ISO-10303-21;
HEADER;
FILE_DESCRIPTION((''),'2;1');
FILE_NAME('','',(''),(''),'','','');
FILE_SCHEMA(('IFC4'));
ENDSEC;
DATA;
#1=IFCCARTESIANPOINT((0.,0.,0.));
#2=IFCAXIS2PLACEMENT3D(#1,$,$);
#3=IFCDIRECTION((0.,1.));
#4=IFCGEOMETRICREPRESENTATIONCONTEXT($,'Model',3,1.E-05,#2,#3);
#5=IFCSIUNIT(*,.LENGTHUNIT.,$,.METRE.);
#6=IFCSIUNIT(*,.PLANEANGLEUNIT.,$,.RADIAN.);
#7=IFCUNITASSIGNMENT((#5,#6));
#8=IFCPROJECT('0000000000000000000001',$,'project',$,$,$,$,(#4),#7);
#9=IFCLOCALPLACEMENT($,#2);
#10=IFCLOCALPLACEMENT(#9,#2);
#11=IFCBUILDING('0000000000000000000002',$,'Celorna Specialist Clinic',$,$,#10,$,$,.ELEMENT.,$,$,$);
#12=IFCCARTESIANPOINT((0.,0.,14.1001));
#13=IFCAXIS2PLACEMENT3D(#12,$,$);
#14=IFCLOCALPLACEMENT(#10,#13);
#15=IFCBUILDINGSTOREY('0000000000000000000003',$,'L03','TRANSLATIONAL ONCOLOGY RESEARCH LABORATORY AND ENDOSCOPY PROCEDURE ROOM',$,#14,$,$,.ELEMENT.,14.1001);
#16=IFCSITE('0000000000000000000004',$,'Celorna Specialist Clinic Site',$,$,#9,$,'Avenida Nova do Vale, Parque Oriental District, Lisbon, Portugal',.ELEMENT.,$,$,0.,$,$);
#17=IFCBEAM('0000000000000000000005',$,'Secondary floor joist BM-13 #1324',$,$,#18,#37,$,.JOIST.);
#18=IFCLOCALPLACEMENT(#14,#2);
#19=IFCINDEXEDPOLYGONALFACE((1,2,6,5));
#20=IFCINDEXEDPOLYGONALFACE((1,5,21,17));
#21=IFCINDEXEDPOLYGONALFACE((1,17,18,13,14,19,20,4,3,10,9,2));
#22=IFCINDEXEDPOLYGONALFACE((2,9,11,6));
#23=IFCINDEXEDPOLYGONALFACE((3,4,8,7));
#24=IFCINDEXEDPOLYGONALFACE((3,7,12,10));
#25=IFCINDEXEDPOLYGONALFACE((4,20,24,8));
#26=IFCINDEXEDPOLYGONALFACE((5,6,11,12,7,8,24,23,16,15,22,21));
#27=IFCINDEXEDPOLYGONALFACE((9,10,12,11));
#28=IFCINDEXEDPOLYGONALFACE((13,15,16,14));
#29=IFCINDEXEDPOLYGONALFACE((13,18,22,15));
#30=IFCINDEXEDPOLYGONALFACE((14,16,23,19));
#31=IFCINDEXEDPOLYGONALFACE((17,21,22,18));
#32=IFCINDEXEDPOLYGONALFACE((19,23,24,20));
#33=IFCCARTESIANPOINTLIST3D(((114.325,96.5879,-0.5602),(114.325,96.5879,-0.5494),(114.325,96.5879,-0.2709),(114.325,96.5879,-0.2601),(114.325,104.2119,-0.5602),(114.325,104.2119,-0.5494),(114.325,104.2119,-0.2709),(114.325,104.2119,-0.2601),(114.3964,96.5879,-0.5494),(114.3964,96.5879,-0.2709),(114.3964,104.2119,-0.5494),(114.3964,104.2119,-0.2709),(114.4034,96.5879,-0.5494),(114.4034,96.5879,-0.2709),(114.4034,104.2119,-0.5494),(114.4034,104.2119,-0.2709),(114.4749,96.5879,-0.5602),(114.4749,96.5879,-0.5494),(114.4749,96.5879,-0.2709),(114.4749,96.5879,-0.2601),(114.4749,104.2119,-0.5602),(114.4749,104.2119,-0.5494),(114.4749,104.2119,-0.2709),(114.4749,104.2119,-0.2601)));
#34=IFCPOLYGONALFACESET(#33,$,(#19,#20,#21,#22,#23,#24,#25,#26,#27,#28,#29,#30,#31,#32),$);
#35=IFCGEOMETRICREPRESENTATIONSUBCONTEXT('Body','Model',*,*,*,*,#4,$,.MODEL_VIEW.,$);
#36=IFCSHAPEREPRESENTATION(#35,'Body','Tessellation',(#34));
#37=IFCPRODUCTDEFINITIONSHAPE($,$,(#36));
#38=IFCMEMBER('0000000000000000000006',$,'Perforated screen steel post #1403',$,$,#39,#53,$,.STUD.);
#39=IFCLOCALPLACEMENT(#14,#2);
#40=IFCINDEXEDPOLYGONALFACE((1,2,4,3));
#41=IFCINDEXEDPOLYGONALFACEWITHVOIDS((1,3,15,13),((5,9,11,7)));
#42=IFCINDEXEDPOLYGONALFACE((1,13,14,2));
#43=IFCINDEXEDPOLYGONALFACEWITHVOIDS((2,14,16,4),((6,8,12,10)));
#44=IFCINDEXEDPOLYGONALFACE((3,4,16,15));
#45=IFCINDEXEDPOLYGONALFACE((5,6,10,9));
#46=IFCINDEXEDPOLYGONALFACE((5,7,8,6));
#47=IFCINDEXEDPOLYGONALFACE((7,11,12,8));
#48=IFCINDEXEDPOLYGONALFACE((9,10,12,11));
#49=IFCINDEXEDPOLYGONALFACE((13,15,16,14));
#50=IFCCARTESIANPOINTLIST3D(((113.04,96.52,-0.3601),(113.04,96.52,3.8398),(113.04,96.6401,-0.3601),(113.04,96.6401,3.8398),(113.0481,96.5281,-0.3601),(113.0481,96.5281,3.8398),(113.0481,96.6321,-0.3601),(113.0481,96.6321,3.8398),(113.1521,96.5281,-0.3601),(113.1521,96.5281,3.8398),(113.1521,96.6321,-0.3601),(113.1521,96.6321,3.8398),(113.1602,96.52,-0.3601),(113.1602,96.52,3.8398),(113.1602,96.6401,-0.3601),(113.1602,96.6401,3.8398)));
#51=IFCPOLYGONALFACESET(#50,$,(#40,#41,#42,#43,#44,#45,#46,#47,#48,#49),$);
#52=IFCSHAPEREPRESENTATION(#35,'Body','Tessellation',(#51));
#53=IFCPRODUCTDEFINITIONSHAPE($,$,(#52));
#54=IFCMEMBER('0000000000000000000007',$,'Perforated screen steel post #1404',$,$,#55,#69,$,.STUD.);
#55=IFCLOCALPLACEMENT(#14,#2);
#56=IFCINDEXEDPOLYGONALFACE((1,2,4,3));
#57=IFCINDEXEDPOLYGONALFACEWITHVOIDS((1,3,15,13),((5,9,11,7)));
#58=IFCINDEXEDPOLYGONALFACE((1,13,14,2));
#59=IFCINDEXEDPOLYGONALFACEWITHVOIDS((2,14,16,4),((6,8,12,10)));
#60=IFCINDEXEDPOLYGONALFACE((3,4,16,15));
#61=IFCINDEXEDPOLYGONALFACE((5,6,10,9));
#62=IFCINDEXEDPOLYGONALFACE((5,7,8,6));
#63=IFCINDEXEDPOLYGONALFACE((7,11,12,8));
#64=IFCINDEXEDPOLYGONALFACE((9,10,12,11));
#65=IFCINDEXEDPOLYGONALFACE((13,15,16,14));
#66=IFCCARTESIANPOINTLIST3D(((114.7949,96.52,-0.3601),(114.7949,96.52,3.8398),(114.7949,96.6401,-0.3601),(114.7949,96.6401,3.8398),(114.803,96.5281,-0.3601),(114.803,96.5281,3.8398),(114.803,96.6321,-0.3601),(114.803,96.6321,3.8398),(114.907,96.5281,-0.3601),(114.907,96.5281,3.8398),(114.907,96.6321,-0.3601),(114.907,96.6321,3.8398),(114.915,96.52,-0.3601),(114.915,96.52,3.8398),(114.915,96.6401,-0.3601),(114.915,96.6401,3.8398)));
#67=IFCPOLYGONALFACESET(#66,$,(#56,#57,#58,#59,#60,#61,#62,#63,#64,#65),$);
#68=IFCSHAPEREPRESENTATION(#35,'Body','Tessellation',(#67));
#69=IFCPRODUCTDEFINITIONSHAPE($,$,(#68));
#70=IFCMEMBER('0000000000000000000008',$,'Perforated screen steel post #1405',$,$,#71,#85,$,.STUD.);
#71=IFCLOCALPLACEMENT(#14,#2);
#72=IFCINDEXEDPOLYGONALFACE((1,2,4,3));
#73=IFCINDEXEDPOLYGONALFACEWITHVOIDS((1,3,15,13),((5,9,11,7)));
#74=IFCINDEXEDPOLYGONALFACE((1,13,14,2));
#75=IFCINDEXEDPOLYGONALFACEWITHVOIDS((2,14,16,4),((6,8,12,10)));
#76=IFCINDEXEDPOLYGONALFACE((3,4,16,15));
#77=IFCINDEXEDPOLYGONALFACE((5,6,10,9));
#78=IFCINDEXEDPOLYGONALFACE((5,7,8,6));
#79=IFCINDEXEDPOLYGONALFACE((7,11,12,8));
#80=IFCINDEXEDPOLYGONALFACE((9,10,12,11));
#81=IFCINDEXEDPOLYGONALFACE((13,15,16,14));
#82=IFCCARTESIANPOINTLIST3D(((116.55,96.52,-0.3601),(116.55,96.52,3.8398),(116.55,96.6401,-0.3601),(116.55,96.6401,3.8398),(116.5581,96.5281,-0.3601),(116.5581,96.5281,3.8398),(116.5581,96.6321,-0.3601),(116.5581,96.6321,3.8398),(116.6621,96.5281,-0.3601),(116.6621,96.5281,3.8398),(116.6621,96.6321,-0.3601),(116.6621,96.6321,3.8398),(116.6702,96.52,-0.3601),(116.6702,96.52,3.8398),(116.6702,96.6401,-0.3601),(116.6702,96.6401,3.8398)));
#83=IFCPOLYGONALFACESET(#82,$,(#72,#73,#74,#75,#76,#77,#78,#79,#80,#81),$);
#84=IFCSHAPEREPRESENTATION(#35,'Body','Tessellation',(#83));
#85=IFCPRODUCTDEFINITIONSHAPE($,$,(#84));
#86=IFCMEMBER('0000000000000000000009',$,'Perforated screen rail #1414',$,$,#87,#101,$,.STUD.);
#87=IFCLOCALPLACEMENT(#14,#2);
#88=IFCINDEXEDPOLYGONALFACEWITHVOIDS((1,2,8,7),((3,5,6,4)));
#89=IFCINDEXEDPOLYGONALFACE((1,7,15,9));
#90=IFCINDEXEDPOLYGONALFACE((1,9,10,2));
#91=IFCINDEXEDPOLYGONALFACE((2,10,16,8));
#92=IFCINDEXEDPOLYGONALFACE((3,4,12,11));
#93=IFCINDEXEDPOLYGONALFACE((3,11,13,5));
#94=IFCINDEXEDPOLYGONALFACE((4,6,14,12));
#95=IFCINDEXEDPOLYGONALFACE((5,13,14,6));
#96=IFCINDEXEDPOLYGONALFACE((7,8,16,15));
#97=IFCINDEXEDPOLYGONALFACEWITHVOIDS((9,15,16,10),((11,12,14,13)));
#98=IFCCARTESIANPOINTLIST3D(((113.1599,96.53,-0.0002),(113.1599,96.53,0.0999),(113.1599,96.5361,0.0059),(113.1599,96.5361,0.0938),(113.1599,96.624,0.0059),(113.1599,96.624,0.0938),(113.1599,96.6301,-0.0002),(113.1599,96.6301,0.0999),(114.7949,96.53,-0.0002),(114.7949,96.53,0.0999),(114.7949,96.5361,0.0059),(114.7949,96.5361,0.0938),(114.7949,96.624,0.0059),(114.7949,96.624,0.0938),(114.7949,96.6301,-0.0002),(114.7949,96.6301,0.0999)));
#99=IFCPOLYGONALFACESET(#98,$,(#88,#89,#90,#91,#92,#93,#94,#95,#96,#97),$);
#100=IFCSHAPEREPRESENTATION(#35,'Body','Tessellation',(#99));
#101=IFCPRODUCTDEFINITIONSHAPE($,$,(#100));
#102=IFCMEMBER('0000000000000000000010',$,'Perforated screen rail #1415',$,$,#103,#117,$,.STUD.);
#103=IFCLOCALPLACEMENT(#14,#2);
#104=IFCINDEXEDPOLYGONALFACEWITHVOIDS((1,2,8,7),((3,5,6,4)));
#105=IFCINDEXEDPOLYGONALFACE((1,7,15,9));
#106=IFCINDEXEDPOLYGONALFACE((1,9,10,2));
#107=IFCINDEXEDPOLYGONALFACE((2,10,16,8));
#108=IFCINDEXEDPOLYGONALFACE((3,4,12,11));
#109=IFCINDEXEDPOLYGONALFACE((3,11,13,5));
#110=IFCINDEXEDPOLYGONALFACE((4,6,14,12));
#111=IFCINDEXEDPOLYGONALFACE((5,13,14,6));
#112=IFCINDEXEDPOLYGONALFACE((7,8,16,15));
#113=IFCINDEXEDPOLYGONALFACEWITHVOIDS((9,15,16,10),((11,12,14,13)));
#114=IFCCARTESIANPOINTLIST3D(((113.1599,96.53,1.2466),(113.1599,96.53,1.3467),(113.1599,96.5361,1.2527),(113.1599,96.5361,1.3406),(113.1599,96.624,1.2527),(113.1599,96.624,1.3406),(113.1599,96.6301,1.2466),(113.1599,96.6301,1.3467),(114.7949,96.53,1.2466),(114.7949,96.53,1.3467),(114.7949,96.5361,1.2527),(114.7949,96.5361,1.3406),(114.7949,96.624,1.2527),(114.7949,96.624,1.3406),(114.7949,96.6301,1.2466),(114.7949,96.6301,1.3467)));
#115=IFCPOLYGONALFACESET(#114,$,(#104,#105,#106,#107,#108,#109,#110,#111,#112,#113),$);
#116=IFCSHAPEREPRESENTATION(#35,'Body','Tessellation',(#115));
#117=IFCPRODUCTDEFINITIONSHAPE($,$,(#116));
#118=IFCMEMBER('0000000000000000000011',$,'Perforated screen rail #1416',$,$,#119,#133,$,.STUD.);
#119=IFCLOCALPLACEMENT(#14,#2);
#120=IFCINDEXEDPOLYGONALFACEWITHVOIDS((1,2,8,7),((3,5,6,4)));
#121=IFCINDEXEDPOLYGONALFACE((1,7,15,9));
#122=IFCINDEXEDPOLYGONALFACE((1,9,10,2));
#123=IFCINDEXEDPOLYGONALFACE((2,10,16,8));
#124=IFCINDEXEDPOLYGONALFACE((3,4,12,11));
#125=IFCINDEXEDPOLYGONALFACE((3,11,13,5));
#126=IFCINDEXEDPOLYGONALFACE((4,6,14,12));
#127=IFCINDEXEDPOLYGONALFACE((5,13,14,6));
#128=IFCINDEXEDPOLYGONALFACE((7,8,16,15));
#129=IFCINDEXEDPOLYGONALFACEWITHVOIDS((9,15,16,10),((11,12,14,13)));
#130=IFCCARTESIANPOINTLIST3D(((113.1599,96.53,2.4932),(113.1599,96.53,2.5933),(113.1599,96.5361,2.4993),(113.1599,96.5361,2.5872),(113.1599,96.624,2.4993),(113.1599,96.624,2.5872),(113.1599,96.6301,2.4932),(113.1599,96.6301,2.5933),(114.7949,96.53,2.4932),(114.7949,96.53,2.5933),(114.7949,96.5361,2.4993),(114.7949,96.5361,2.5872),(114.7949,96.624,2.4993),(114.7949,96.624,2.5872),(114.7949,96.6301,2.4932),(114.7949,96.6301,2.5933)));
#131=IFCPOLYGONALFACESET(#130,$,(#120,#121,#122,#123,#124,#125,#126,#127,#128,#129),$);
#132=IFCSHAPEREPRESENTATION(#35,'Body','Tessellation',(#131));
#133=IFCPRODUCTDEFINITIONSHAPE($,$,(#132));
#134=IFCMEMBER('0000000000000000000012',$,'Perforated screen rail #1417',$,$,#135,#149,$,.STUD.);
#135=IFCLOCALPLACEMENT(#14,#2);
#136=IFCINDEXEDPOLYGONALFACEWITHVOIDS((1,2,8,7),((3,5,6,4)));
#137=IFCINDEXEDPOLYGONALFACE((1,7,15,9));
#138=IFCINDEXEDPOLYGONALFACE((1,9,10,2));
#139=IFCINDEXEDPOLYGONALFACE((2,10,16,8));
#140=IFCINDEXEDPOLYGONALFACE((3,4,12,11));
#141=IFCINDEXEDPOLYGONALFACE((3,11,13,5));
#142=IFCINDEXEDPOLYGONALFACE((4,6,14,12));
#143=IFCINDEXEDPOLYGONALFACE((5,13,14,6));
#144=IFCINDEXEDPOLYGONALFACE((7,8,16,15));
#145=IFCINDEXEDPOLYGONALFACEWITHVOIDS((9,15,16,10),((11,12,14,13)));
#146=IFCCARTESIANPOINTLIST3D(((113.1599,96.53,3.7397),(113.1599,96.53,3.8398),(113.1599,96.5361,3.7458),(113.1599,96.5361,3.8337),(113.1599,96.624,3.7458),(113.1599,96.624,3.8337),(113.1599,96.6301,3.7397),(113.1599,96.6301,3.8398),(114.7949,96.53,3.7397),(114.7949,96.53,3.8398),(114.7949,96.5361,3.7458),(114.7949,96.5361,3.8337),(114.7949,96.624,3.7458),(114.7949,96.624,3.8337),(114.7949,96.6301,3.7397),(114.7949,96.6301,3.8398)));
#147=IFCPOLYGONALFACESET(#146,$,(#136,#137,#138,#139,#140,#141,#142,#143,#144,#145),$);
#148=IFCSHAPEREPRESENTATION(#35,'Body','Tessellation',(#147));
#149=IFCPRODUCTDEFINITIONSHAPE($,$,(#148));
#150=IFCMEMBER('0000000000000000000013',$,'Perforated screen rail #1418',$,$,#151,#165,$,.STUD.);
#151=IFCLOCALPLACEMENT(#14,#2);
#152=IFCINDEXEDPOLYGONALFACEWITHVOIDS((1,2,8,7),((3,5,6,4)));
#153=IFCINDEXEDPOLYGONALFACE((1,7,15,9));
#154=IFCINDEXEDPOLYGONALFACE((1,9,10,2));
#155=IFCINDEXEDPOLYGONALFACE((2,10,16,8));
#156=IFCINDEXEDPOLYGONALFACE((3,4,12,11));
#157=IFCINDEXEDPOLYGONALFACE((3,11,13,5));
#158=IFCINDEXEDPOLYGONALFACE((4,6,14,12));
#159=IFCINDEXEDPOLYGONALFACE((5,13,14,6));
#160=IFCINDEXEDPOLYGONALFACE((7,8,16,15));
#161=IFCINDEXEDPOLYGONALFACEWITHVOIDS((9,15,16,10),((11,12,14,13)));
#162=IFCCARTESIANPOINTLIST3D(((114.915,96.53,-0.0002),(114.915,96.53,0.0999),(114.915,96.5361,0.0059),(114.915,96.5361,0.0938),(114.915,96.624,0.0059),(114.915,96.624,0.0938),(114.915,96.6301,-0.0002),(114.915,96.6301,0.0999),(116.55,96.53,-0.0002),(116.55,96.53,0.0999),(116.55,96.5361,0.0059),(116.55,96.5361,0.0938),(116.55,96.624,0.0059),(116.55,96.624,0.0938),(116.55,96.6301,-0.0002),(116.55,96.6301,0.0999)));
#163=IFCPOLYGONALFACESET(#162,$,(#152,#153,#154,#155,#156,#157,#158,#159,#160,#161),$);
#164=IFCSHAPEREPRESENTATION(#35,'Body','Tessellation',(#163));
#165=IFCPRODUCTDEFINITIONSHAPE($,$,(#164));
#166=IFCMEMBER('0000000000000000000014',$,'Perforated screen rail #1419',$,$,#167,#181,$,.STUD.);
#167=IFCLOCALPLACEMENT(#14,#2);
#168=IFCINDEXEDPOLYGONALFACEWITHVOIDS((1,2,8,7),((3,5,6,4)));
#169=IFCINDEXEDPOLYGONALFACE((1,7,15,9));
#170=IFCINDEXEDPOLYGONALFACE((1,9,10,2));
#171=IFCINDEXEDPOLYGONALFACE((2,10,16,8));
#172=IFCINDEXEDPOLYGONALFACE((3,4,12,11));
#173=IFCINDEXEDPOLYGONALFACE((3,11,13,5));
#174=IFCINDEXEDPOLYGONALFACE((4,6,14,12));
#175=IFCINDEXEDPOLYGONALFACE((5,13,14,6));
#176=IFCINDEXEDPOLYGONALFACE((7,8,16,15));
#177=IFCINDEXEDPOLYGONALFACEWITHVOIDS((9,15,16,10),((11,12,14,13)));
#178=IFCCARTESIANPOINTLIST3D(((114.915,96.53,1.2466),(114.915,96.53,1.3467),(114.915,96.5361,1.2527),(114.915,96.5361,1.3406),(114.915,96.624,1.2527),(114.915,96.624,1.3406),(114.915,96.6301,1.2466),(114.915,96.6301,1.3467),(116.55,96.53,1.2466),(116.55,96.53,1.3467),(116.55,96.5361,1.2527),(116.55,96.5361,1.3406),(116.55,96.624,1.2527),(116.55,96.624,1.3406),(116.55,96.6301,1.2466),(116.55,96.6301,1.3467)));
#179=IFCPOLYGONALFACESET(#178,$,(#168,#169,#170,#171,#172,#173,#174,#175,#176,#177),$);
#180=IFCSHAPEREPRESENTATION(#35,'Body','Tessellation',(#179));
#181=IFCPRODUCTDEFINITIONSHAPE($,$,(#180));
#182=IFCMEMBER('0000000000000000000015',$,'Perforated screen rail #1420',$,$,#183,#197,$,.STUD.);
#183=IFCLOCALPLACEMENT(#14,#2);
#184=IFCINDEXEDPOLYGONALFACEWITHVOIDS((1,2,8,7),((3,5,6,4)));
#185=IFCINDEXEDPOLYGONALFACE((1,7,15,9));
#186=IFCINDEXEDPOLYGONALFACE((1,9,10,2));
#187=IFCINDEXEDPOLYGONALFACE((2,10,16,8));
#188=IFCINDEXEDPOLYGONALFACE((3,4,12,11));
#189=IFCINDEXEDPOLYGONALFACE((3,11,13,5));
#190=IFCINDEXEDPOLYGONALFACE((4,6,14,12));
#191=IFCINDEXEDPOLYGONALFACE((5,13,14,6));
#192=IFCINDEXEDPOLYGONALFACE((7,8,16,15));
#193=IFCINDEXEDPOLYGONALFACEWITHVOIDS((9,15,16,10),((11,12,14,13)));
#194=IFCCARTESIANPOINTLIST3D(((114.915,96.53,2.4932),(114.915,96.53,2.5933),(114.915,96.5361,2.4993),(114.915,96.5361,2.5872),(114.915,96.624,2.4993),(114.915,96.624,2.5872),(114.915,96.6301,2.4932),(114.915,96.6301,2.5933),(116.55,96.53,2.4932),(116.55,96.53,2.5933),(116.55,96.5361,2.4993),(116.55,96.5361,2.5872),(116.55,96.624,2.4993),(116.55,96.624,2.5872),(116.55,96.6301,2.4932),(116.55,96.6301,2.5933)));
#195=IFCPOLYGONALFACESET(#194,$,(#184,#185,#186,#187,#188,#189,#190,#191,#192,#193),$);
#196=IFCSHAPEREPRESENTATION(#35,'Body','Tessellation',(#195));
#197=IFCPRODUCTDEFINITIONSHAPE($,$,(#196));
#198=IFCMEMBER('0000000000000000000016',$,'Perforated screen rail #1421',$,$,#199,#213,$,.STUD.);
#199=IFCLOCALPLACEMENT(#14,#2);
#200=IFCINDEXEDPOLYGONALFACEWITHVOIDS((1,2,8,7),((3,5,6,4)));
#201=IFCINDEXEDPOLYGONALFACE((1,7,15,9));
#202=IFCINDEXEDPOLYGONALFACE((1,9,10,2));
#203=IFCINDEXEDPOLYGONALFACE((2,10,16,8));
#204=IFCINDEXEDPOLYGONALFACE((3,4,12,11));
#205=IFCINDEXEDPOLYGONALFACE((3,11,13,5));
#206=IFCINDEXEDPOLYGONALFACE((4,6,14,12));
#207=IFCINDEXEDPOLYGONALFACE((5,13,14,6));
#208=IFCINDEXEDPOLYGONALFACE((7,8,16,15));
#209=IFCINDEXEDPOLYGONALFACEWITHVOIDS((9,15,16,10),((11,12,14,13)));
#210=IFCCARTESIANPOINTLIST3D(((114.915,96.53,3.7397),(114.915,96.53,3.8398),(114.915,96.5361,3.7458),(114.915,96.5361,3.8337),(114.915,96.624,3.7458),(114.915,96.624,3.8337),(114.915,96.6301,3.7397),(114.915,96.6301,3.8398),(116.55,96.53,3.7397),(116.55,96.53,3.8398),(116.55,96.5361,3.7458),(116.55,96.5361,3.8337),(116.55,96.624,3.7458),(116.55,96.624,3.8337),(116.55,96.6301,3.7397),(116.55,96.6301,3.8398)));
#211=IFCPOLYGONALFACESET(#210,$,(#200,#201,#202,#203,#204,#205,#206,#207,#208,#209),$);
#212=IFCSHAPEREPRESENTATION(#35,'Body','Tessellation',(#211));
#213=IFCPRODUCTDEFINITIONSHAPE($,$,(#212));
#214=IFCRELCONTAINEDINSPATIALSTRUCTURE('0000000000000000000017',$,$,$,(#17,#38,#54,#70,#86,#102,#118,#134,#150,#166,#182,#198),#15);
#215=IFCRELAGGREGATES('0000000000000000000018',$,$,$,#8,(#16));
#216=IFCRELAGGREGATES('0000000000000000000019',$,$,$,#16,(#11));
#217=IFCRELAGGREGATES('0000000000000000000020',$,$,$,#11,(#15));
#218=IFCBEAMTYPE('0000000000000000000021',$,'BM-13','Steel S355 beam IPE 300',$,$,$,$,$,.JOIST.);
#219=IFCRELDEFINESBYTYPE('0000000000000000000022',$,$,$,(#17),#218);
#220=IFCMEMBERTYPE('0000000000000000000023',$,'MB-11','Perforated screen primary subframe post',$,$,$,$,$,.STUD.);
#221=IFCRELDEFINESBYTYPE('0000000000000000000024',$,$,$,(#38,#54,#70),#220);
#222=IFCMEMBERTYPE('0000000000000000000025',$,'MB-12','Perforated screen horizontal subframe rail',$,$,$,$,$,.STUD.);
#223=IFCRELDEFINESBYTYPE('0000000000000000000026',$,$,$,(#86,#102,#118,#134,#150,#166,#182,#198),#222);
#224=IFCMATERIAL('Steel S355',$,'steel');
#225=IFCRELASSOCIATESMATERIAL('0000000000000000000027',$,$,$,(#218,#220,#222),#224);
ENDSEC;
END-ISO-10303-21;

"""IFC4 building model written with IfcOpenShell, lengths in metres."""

from ifc_helpers import new_model, si_unit, direction, frame, origin, origin_2d, place, context, subcontext, project, spatial, hollow_rectangle, i_section, extrude, material, material_profile, profile_set, type_object, element, save


model = new_model("IFC4")

# Units and contexts
model_context = context("Model", 3, precision=1e-05, world=origin(), true_north=direction((0.0, 1.0)))
body_context = subcontext(model_context, "Body", "Model", "MODEL_VIEW")
ifc_project = project(units=[si_unit("LENGTHUNIT", "METRE"), si_unit("PLANEANGLEUNIT", "RADIAN")], contexts=[model_context])

# Site, building, storey
site_placement = place(None, origin())
site = spatial("IfcSite", under=ifc_project, at=site_placement, Name="Celorna Specialist Clinic Site", LongName="Avenida Nova do Vale, Parque Oriental District, Lisbon, Portugal", CompositionType="ELEMENT", RefElevation=0.0)
building_placement = place(site_placement, origin())
building = spatial("IfcBuilding", under=site, at=building_placement, Name="Celorna Specialist Clinic", CompositionType="ELEMENT")
storey_placement = place(building_placement, frame((0.0, 0.0, 14.1001)))
storey = spatial("IfcBuildingStorey", under=building, at=storey_placement, Name="L03", Description="TRANSLATIONAL ONCOLOGY RESEARCH LABORATORY AND ENDOSCOPY PROCEDURE ROOM", CompositionType="ELEMENT", Elevation=14.1001)

# Beam
ifc_material_1 = material(Name="Steel S355", Category="steel")
ifc_material_profile_1 = material_profile(ifc_material_1, i_section(OverallWidth=0.1499, OverallDepth=0.3, WebThickness=0.0071, FlangeThickness=0.0107, at=origin_2d()), Name="IPE 300")
ifc_profile_set_1 = profile_set([ifc_material_profile_1], Name="Steel S355")
beam_type = type_object("IfcBeamType", Name="BM-13", Description="Steel S355 beam IPE 300", PredefinedType="JOIST", material=ifc_profile_set_1)
beam_placement = place(storey_placement, frame((114.3999, 96.5879, -0.4102), z_axis=(0.0, 1.0, 0.0), x_axis=(-1.0, 0.0, 0.0)))
element("IfcBeam", 1, at=beam_placement, inside=storey, type_object=beam_type, Name="Secondary floor joist BM-13 #1324", PredefinedType="JOIST", context=body_context, shape_type="SweptSolid", body=[
    extrude(i_section(OverallWidth=0.1499, OverallDepth=0.3, WebThickness=0.0071, FlangeThickness=0.0107, at=origin_2d()), origin(), (0.0, 0.0, 1.0), 7.624),
])

# Members
ifc_material_profile_2 = material_profile(ifc_material_1, hollow_rectangle(XDim=0.1201, YDim=0.1201, WallThickness=0.0081, at=origin_2d()), Name="SHS 120x120x8")
ifc_profile_set_2 = profile_set([ifc_material_profile_2], Name="Steel S355")
member_type_1 = type_object("IfcMemberType", Name="MB-11", Description="Perforated screen primary subframe post", PredefinedType="STUD", material=ifc_profile_set_2)
for number, where, z_axis, x_axis, name in (
    (2, (113.1001, 96.5801, -0.3601), (0.0, 0.0, 1.0), (1.0, 0.0, 0.0), "Perforated screen steel post #1403"),
    (3, (114.855, 96.5801, -0.3601), (0.0, 0.0, 1.0), (1.0, 0.0, 0.0), "Perforated screen steel post #1404"),
    (4, (116.6101, 96.5801, -0.3601), (0.0, 0.0, 1.0), (1.0, 0.0, 0.0), "Perforated screen steel post #1405"),
):
    element("IfcMember", number, at=place(storey_placement, frame(where, z_axis=z_axis, x_axis=x_axis)), inside=storey, type_object=member_type_1, Name=name, PredefinedType="STUD", context=body_context, shape_type="SweptSolid", body=[
        extrude(hollow_rectangle(XDim=0.1201, YDim=0.1201, WallThickness=0.0081, at=origin_2d()), origin(), (0.0, 0.0, 1.0), 4.2),
    ])
ifc_material_profile_3 = material_profile(ifc_material_1, hollow_rectangle(XDim=0.1001, YDim=0.1001, WallThickness=0.0061, at=origin_2d()), Name="SHS 100x100x6")
ifc_profile_set_3 = profile_set([ifc_material_profile_3], Name="Steel S355")
member_type_2 = type_object("IfcMemberType", Name="MB-12", Description="Perforated screen horizontal subframe rail", PredefinedType="STUD", material=ifc_profile_set_3)
for number, where, z_axis, x_axis, name in (
    (5, (113.1599, 96.5801, 0.0498), (1.0, 0.0, 0.0), (0.0, 1.0, 0.0), "Perforated screen rail #1414"),
    (6, (113.1599, 96.5801, 1.2966), (1.0, 0.0, 0.0), (0.0, 1.0, 0.0), "Perforated screen rail #1415"),
    (7, (113.1599, 96.5801, 2.5432), (1.0, 0.0, 0.0), (0.0, 1.0, 0.0), "Perforated screen rail #1416"),
    (8, (113.1599, 96.5801, 3.7898), (1.0, 0.0, 0.0), (0.0, 1.0, 0.0), "Perforated screen rail #1417"),
    (9, (114.915, 96.5801, 0.0498), (1.0, 0.0, 0.0), (0.0, 1.0, 0.0), "Perforated screen rail #1418"),
    (10, (114.915, 96.5801, 1.2966), (1.0, 0.0, 0.0), (0.0, 1.0, 0.0), "Perforated screen rail #1419"),
    (11, (114.915, 96.5801, 2.5432), (1.0, 0.0, 0.0), (0.0, 1.0, 0.0), "Perforated screen rail #1420"),
    (12, (114.915, 96.5801, 3.7898), (1.0, 0.0, 0.0), (0.0, 1.0, 0.0), "Perforated screen rail #1421"),
):
    element("IfcMember", number, at=place(storey_placement, frame(where, z_axis=z_axis, x_axis=x_axis)), inside=storey, type_object=member_type_2, Name=name, PredefinedType="STUD", context=body_context, shape_type="SweptSolid", body=[
        extrude(hollow_rectangle(XDim=0.1001, YDim=0.1001, WallThickness=0.0061, at=origin_2d()), origin(), (0.0, 0.0, 1.0), 1.635),
    ])

save(model, "model.ifc")
